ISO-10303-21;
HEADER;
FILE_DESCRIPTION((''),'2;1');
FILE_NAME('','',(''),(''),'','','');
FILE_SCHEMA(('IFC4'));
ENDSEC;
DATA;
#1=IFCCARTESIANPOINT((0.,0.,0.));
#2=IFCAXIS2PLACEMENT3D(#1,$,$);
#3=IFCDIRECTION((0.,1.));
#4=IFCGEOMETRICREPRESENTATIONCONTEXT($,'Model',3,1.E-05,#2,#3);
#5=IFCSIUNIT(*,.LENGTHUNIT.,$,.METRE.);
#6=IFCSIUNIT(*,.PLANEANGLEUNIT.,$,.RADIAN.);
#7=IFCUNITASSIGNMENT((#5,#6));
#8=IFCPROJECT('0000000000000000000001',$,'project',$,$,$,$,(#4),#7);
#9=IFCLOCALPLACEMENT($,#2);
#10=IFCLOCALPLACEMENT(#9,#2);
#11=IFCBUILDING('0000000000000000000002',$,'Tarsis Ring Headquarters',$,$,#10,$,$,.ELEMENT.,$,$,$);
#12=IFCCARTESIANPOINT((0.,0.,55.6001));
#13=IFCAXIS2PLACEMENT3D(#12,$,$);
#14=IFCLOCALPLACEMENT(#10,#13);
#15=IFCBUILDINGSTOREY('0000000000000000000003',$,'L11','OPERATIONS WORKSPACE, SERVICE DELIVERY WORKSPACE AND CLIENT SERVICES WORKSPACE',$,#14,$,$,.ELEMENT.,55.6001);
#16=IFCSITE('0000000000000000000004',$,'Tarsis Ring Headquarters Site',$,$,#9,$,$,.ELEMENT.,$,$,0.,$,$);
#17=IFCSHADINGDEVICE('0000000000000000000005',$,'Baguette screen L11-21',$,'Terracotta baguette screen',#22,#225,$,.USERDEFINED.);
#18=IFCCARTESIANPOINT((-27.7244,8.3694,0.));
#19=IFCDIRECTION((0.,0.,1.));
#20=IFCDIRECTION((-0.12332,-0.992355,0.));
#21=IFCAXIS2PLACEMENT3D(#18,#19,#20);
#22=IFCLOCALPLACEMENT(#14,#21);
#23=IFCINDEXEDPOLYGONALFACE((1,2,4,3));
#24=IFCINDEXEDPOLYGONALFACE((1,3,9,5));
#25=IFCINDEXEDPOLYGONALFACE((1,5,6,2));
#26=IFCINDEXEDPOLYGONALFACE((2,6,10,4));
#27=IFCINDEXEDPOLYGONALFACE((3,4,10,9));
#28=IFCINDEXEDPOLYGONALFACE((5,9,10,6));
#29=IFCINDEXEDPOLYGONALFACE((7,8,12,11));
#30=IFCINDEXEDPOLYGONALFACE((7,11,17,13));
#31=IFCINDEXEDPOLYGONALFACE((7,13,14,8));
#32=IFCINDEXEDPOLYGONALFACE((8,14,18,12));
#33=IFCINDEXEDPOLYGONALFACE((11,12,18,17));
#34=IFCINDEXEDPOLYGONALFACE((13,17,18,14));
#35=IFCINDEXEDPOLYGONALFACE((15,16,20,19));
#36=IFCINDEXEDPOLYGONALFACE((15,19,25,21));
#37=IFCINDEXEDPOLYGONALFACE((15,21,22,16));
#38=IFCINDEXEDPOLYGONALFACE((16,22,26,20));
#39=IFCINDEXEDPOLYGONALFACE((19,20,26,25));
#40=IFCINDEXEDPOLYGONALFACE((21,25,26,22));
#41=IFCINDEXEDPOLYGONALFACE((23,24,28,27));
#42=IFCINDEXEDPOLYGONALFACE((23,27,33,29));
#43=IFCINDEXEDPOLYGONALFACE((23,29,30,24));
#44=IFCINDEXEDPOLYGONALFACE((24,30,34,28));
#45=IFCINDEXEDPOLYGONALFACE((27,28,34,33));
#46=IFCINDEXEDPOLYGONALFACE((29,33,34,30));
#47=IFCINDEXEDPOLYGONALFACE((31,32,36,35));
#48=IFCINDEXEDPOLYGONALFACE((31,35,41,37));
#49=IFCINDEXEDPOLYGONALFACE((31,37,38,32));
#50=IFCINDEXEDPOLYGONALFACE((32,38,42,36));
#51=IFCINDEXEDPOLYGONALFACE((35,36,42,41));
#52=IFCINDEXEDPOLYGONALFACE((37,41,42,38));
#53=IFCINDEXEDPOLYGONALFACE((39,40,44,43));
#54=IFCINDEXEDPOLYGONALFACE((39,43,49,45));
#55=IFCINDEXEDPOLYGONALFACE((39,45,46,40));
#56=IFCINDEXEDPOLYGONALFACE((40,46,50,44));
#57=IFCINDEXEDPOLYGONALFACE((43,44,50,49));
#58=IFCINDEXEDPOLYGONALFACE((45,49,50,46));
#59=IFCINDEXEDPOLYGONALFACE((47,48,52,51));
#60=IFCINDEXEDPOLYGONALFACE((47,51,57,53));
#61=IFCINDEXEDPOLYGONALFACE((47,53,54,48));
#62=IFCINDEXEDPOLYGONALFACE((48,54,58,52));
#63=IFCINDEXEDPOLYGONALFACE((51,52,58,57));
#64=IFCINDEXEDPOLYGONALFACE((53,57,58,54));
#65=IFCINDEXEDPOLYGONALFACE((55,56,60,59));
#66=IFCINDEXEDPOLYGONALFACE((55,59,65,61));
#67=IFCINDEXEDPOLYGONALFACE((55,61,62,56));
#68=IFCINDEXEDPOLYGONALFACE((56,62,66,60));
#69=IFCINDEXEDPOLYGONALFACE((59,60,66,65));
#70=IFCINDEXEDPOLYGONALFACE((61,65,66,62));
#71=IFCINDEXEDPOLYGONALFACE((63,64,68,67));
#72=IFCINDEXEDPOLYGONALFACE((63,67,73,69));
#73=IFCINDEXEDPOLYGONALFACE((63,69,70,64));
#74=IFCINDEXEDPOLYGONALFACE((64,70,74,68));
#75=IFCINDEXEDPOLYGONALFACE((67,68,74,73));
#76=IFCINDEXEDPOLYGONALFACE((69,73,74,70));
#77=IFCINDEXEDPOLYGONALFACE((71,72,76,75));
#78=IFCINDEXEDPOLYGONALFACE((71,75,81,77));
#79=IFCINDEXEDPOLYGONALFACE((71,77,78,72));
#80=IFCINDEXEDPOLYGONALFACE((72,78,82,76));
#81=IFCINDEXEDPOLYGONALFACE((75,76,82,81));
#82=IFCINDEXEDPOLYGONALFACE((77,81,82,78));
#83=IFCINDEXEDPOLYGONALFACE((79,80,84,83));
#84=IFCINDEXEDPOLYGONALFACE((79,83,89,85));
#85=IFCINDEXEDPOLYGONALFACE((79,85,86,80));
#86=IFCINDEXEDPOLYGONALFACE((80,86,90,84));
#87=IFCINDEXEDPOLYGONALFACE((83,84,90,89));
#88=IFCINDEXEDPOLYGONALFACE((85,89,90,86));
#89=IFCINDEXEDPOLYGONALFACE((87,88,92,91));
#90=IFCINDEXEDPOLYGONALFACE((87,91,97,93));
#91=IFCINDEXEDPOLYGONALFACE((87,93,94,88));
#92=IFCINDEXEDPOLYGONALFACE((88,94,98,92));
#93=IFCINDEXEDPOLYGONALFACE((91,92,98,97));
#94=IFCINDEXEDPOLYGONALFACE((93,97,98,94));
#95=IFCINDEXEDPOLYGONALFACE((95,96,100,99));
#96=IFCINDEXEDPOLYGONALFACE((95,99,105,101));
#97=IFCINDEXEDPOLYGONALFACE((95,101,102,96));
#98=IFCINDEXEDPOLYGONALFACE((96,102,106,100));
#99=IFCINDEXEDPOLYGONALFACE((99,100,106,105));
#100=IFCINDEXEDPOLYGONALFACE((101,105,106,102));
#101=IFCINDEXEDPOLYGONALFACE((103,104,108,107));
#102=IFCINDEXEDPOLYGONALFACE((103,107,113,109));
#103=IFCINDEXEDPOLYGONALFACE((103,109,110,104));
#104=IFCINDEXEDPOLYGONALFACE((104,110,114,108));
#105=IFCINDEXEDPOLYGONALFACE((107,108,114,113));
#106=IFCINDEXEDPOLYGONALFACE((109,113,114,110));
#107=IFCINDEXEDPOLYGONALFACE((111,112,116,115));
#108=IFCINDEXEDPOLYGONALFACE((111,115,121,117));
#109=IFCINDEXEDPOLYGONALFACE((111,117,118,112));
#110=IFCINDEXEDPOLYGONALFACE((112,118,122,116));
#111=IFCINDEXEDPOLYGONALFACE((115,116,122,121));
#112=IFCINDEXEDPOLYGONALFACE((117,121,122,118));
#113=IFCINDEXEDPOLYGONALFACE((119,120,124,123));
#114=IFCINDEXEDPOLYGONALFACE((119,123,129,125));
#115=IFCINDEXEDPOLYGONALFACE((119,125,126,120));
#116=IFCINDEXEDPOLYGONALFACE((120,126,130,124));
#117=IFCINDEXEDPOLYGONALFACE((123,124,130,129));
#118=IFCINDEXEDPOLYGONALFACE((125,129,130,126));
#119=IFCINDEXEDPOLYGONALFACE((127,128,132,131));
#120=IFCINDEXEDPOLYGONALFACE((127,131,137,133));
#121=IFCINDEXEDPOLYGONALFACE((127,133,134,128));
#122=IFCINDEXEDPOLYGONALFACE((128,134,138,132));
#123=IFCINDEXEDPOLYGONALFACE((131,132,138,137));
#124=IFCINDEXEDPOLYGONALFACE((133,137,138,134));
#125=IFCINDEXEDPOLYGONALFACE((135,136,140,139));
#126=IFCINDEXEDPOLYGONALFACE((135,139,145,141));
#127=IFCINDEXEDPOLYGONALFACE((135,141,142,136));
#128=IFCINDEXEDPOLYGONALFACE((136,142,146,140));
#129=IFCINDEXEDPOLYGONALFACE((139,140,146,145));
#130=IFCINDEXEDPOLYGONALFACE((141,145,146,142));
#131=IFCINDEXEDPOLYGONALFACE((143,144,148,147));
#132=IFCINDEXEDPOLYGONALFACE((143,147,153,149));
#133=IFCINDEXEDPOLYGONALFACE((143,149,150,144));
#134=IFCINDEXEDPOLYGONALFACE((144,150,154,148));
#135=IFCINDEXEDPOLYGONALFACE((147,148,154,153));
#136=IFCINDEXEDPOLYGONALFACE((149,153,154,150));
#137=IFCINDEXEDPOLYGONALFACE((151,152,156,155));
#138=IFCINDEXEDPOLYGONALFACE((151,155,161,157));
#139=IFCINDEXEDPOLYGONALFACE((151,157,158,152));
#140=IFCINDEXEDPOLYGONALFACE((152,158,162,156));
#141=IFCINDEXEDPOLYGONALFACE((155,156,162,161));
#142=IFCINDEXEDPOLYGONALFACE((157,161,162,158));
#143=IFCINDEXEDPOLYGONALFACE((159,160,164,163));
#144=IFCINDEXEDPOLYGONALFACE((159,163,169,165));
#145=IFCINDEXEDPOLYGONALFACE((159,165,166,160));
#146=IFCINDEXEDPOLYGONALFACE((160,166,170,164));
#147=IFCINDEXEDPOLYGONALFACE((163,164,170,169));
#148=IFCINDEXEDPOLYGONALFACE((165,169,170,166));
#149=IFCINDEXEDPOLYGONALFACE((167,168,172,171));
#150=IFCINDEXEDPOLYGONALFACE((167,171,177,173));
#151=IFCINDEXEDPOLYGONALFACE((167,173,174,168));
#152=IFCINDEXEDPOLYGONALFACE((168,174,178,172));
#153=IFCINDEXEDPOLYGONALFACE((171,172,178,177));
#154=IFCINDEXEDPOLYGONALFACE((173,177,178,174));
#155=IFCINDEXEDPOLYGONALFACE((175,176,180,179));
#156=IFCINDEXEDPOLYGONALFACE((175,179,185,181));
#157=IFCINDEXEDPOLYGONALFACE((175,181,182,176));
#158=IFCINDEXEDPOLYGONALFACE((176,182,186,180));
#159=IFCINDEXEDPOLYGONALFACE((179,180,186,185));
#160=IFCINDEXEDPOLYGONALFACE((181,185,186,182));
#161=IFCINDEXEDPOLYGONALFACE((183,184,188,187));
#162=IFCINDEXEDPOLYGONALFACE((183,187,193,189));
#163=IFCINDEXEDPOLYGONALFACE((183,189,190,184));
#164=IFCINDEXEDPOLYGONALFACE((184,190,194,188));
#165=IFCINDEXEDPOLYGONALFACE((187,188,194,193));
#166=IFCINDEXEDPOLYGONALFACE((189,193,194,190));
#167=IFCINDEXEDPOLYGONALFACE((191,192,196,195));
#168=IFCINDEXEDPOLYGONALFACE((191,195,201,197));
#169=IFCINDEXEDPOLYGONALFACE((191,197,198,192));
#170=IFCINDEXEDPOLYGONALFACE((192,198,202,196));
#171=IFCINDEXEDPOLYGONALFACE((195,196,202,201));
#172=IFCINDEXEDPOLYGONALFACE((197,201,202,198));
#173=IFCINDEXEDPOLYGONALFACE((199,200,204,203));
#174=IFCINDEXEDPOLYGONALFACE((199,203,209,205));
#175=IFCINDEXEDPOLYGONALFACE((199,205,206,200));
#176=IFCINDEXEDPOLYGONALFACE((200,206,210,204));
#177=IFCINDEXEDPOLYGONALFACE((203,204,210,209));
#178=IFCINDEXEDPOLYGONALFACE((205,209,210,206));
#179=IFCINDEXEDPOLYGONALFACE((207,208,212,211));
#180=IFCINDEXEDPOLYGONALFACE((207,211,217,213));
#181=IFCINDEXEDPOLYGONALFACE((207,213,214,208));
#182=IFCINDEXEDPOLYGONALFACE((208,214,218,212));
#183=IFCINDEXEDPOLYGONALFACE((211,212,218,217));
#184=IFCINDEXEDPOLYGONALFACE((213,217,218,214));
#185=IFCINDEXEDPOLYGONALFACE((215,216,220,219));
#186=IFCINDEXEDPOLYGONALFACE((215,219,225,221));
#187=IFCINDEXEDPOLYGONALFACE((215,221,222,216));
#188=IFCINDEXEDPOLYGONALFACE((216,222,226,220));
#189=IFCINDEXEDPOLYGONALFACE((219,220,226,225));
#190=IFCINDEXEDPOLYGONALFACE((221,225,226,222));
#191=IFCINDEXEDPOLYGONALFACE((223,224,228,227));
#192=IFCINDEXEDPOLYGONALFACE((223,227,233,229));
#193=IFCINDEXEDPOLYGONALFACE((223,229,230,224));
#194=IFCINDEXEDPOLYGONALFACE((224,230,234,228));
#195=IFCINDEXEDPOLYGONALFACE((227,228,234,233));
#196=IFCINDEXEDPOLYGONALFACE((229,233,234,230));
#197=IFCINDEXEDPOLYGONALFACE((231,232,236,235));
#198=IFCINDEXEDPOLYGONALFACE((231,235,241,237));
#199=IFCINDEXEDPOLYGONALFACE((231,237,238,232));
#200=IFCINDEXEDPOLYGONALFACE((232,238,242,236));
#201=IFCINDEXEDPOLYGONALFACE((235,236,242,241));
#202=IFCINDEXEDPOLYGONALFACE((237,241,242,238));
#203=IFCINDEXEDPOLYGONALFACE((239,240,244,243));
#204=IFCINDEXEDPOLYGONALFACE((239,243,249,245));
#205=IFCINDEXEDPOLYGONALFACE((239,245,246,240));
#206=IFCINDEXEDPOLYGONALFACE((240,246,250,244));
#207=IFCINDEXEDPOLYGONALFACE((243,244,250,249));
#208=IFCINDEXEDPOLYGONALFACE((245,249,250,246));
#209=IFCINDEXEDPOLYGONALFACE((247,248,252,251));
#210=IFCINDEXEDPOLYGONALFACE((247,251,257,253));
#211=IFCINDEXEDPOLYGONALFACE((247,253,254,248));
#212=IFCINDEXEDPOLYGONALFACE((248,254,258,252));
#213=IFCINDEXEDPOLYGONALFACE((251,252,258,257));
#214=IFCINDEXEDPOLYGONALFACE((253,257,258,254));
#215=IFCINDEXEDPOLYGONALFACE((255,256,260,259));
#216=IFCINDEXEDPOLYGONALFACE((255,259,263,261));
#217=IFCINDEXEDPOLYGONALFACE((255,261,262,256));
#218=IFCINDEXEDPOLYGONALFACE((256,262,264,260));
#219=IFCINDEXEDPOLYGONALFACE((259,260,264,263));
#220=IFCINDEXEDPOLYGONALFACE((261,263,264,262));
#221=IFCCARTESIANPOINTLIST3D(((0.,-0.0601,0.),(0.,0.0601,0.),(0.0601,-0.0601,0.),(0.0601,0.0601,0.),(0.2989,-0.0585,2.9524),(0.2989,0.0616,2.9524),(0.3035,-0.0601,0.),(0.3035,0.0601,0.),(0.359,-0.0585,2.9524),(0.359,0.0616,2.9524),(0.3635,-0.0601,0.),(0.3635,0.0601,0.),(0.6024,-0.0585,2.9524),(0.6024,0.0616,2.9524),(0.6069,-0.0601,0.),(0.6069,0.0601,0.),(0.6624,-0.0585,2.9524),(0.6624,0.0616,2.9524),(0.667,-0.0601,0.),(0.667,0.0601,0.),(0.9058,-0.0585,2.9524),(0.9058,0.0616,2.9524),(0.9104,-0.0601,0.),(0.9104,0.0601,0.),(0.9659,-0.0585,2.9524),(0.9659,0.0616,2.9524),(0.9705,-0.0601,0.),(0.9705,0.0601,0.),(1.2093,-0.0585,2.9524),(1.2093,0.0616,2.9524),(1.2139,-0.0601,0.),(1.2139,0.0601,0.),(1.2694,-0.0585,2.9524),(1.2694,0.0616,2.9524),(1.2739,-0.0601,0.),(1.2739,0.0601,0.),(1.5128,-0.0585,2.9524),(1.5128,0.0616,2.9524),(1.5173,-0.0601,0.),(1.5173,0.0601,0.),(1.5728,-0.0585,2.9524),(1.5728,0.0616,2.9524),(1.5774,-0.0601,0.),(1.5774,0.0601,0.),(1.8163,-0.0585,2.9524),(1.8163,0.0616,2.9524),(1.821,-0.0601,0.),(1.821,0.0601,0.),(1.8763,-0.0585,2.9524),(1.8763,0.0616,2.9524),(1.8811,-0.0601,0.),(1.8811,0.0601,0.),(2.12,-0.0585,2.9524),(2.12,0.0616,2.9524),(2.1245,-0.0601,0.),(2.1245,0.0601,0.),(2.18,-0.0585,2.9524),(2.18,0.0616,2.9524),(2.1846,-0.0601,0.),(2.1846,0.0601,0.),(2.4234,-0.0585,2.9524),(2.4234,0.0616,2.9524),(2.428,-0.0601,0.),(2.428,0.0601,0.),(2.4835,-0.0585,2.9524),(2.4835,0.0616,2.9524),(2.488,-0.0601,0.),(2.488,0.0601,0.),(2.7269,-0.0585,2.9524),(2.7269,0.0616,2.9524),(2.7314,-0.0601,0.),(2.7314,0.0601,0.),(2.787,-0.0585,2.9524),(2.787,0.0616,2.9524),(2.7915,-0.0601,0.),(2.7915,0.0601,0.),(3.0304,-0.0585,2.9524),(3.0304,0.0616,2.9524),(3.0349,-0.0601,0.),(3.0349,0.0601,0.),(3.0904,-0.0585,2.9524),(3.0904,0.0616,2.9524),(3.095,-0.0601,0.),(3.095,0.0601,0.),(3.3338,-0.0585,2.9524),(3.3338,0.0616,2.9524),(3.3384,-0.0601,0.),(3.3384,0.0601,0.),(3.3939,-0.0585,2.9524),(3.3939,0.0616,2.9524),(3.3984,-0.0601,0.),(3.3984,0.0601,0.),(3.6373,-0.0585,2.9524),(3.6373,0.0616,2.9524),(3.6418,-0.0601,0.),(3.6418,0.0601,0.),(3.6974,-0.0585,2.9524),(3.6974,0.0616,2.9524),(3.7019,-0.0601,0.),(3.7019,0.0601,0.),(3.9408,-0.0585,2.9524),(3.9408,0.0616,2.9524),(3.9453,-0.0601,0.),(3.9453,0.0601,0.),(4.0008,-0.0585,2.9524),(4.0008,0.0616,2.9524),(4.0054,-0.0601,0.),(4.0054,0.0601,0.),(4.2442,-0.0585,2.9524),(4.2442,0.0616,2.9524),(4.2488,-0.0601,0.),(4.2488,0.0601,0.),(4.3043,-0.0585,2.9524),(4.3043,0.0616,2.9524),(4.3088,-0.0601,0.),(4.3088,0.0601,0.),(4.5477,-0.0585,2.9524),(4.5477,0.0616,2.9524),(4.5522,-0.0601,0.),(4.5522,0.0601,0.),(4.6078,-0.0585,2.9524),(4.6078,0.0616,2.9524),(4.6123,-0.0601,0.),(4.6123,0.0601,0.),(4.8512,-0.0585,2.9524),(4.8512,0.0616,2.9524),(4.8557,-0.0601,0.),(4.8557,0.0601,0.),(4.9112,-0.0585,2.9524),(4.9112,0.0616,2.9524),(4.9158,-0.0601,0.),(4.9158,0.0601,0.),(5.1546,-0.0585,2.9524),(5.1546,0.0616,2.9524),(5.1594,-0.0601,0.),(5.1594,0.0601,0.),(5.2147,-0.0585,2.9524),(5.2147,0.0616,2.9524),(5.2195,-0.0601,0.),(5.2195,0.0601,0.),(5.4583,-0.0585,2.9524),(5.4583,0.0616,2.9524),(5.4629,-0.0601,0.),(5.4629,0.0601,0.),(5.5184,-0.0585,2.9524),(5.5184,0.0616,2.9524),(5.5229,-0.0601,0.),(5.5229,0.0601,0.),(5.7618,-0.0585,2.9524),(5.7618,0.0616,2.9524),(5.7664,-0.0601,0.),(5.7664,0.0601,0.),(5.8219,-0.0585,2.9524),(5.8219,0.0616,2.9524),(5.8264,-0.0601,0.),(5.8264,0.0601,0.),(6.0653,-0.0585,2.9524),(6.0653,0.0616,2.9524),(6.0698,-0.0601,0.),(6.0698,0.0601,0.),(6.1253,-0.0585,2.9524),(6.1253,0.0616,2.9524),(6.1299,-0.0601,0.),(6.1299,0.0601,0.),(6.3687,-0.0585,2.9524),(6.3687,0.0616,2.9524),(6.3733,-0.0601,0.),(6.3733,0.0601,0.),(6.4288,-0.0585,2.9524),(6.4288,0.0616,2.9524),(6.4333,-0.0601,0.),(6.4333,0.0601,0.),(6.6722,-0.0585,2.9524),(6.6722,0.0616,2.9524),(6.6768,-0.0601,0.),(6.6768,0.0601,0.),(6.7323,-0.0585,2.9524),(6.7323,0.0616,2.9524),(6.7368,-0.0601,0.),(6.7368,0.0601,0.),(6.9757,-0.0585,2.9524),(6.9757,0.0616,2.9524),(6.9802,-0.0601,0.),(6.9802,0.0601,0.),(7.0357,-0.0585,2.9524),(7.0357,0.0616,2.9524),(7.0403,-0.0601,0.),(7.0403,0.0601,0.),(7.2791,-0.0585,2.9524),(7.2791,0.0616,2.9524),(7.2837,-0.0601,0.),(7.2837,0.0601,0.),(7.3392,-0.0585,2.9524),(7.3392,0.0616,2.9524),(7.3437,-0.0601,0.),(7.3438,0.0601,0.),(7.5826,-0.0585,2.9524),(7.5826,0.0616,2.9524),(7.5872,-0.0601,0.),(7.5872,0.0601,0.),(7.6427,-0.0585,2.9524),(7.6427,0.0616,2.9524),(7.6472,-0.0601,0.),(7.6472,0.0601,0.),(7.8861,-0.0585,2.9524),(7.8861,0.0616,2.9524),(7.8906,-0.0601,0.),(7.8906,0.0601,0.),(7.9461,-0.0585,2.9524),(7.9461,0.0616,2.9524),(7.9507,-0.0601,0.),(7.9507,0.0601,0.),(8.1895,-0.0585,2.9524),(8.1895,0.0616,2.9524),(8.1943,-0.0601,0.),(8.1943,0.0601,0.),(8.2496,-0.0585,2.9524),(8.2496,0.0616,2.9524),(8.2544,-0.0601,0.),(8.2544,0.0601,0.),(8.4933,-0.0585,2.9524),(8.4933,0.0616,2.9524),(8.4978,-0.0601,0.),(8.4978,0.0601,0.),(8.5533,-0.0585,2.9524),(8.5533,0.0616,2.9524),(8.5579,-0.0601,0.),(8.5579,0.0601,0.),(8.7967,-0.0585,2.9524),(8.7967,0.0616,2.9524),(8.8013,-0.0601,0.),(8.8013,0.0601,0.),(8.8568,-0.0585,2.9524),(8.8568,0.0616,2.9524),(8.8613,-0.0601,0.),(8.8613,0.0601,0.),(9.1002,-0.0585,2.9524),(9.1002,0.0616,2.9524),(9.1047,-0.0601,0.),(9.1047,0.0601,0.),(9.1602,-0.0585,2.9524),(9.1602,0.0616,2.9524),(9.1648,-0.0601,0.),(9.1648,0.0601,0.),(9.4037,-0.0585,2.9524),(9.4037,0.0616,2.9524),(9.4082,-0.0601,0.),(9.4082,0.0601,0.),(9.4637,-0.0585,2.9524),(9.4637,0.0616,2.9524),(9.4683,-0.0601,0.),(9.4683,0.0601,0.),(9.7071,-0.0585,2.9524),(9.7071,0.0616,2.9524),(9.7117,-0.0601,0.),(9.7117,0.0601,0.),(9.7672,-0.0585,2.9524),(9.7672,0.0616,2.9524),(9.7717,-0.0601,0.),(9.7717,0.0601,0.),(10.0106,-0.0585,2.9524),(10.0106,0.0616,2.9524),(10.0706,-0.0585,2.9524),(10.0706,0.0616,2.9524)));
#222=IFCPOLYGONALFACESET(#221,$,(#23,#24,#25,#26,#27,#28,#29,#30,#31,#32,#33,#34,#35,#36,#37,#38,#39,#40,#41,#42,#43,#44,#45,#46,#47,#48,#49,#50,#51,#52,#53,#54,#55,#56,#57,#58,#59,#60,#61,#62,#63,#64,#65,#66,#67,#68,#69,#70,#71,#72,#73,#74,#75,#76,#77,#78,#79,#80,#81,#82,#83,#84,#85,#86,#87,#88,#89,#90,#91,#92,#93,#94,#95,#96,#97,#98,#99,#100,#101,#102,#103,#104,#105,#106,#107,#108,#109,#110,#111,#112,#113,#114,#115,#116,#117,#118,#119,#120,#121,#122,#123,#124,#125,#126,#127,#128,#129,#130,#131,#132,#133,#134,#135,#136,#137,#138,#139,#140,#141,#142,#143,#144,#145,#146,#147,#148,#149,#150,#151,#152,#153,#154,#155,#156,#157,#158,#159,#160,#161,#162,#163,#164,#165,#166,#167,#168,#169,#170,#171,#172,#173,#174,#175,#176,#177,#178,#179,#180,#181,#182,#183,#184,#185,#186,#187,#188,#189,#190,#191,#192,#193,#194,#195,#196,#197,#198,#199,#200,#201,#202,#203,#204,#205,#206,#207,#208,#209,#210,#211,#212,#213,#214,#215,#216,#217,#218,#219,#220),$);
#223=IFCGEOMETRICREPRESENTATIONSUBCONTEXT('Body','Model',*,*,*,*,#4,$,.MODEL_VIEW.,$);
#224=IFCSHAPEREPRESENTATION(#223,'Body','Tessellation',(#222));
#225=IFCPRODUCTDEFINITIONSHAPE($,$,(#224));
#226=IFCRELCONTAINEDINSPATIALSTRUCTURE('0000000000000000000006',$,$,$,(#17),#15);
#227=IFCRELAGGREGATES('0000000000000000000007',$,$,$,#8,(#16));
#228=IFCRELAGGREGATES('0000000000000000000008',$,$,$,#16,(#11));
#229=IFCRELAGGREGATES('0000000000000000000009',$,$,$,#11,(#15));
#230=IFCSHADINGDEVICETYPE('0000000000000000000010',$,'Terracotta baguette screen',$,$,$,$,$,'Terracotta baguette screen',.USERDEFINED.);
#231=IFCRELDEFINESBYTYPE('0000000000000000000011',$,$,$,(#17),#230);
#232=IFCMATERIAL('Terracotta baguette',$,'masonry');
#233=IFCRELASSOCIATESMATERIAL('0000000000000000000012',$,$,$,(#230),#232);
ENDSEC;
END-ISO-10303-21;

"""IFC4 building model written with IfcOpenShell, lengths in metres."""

from ifc_helpers import new_model, si_unit, direction, frame, frame_2d, origin, place, context, subcontext, project, spatial, rectangle, composite_profile, extrude, material, type_object, element, save


model = new_model("IFC4")

# Units and contexts
model_context = context("Model", 3, precision=1e-05, world=origin(), true_north=direction((0.0, 1.0)))
body_context = subcontext(model_context, "Body", "Model", "MODEL_VIEW")
ifc_project = project(units=[si_unit("LENGTHUNIT", "METRE"), si_unit("PLANEANGLEUNIT", "RADIAN")], contexts=[model_context])

# Site, building, storey
site_placement = place(None, origin())
site = spatial("IfcSite", under=ifc_project, at=site_placement, Name="Tarsis Ring Headquarters Site", CompositionType="ELEMENT", RefElevation=0.0)
building_placement = place(site_placement, origin())
building = spatial("IfcBuilding", under=site, at=building_placement, Name="Tarsis Ring Headquarters", CompositionType="ELEMENT")
storey_placement = place(building_placement, frame((0.0, 0.0, 55.6001)))
storey = spatial("IfcBuildingStorey", under=building, at=storey_placement, Name="L11", Description="OPERATIONS WORKSPACE, SERVICE DELIVERY WORKSPACE AND CLIENT SERVICES WORKSPACE", CompositionType="ELEMENT", Elevation=55.6001)

# Shading device
ifc_material_1 = material(Name="Terracotta baguette", Category="masonry")
shading_device_type = type_object("IfcShadingDeviceType", Name="Terracotta baguette screen", ElementType="Terracotta baguette screen", PredefinedType="USERDEFINED", material=ifc_material_1)
shading_device_placement = place(storey_placement, frame((-27.7244, 8.3694, 0.0), z_axis=(0.0, 0.0, 1.0), x_axis=(-0.12332, -0.992355, 0.0)))
element("IfcShadingDevice", 1, at=shading_device_placement, inside=storey, type_object=shading_device_type, Name="Baguette screen L11-21", ObjectType="Terracotta baguette screen", PredefinedType="USERDEFINED", context=body_context, shape_type="SweptSolid", body=[
    extrude(composite_profile([rectangle(XDim=0.0601, YDim=0.1201, at=frame_2d((0.03, 0.0))), rectangle(XDim=0.0601, YDim=0.1201, at=frame_2d((0.3335, 0.0))), rectangle(XDim=0.0601, YDim=0.1201, at=frame_2d((0.637, 0.0))), rectangle(XDim=0.0601, YDim=0.1201, at=frame_2d((0.9404, 0.0))), rectangle(XDim=0.0601, YDim=0.1201, at=frame_2d((1.2439, 0.0))), rectangle(XDim=0.0601, YDim=0.1201, at=frame_2d((1.5474, 0.0))), rectangle(XDim=0.0601, YDim=0.1201, at=frame_2d((1.8511, 0.0))), rectangle(XDim=0.0601, YDim=0.1201, at=frame_2d((2.1545, 0.0))), rectangle(XDim=0.0601, YDim=0.1201, at=frame_2d((2.458, 0.0))), rectangle(XDim=0.0601, YDim=0.1201, at=frame_2d((2.7615, 0.0))), rectangle(XDim=0.0601, YDim=0.1201, at=frame_2d((3.0649, 0.0))), rectangle(XDim=0.0601, YDim=0.1201, at=frame_2d((3.3684, 0.0))), rectangle(XDim=0.0601, YDim=0.1201, at=frame_2d((3.6719, 0.0))), rectangle(XDim=0.0601, YDim=0.1201, at=frame_2d((3.9753, 0.0))), rectangle(XDim=0.0601, YDim=0.1201, at=frame_2d((4.2788, 0.0))), rectangle(XDim=0.0601, YDim=0.1201, at=frame_2d((4.5823, 0.0))), rectangle(XDim=0.0601, YDim=0.1201, at=frame_2d((4.8857, 0.0))), rectangle(XDim=0.0601, YDim=0.1201, at=frame_2d((5.1895, 0.0))), rectangle(XDim=0.0601, YDim=0.1201, at=frame_2d((5.4929, 0.0))), rectangle(XDim=0.0601, YDim=0.1201, at=frame_2d((5.7964, 0.0))), rectangle(XDim=0.0601, YDim=0.1201, at=frame_2d((6.0999, 0.0))), rectangle(XDim=0.0601, YDim=0.1201, at=frame_2d((6.4033, 0.0))), rectangle(XDim=0.0601, YDim=0.1201, at=frame_2d((6.7068, 0.0))), rectangle(XDim=0.0601, YDim=0.1201, at=frame_2d((7.0103, 0.0))), rectangle(XDim=0.0601, YDim=0.1201, at=frame_2d((7.3137, 0.0))), rectangle(XDim=0.0601, YDim=0.1201, at=frame_2d((7.6172, 0.0))), rectangle(XDim=0.0601, YDim=0.1201, at=frame_2d((7.9207, 0.0))), rectangle(XDim=0.0601, YDim=0.1201, at=frame_2d((8.2244, 0.0))), rectangle(XDim=0.0601, YDim=0.1201, at=frame_2d((8.5278, 0.0))), rectangle(XDim=0.0601, YDim=0.1201, at=frame_2d((8.8313, 0.0))), rectangle(XDim=0.0601, YDim=0.1201, at=frame_2d((9.1348, 0.0))), rectangle(XDim=0.0601, YDim=0.1201, at=frame_2d((9.4382, 0.0))), rectangle(XDim=0.0601, YDim=0.1201, at=frame_2d((9.7417, 0.0)))]), origin(), (0.100729, 0.000525, 0.994914), 2.9675),
])

save(model, "model.ifc")
